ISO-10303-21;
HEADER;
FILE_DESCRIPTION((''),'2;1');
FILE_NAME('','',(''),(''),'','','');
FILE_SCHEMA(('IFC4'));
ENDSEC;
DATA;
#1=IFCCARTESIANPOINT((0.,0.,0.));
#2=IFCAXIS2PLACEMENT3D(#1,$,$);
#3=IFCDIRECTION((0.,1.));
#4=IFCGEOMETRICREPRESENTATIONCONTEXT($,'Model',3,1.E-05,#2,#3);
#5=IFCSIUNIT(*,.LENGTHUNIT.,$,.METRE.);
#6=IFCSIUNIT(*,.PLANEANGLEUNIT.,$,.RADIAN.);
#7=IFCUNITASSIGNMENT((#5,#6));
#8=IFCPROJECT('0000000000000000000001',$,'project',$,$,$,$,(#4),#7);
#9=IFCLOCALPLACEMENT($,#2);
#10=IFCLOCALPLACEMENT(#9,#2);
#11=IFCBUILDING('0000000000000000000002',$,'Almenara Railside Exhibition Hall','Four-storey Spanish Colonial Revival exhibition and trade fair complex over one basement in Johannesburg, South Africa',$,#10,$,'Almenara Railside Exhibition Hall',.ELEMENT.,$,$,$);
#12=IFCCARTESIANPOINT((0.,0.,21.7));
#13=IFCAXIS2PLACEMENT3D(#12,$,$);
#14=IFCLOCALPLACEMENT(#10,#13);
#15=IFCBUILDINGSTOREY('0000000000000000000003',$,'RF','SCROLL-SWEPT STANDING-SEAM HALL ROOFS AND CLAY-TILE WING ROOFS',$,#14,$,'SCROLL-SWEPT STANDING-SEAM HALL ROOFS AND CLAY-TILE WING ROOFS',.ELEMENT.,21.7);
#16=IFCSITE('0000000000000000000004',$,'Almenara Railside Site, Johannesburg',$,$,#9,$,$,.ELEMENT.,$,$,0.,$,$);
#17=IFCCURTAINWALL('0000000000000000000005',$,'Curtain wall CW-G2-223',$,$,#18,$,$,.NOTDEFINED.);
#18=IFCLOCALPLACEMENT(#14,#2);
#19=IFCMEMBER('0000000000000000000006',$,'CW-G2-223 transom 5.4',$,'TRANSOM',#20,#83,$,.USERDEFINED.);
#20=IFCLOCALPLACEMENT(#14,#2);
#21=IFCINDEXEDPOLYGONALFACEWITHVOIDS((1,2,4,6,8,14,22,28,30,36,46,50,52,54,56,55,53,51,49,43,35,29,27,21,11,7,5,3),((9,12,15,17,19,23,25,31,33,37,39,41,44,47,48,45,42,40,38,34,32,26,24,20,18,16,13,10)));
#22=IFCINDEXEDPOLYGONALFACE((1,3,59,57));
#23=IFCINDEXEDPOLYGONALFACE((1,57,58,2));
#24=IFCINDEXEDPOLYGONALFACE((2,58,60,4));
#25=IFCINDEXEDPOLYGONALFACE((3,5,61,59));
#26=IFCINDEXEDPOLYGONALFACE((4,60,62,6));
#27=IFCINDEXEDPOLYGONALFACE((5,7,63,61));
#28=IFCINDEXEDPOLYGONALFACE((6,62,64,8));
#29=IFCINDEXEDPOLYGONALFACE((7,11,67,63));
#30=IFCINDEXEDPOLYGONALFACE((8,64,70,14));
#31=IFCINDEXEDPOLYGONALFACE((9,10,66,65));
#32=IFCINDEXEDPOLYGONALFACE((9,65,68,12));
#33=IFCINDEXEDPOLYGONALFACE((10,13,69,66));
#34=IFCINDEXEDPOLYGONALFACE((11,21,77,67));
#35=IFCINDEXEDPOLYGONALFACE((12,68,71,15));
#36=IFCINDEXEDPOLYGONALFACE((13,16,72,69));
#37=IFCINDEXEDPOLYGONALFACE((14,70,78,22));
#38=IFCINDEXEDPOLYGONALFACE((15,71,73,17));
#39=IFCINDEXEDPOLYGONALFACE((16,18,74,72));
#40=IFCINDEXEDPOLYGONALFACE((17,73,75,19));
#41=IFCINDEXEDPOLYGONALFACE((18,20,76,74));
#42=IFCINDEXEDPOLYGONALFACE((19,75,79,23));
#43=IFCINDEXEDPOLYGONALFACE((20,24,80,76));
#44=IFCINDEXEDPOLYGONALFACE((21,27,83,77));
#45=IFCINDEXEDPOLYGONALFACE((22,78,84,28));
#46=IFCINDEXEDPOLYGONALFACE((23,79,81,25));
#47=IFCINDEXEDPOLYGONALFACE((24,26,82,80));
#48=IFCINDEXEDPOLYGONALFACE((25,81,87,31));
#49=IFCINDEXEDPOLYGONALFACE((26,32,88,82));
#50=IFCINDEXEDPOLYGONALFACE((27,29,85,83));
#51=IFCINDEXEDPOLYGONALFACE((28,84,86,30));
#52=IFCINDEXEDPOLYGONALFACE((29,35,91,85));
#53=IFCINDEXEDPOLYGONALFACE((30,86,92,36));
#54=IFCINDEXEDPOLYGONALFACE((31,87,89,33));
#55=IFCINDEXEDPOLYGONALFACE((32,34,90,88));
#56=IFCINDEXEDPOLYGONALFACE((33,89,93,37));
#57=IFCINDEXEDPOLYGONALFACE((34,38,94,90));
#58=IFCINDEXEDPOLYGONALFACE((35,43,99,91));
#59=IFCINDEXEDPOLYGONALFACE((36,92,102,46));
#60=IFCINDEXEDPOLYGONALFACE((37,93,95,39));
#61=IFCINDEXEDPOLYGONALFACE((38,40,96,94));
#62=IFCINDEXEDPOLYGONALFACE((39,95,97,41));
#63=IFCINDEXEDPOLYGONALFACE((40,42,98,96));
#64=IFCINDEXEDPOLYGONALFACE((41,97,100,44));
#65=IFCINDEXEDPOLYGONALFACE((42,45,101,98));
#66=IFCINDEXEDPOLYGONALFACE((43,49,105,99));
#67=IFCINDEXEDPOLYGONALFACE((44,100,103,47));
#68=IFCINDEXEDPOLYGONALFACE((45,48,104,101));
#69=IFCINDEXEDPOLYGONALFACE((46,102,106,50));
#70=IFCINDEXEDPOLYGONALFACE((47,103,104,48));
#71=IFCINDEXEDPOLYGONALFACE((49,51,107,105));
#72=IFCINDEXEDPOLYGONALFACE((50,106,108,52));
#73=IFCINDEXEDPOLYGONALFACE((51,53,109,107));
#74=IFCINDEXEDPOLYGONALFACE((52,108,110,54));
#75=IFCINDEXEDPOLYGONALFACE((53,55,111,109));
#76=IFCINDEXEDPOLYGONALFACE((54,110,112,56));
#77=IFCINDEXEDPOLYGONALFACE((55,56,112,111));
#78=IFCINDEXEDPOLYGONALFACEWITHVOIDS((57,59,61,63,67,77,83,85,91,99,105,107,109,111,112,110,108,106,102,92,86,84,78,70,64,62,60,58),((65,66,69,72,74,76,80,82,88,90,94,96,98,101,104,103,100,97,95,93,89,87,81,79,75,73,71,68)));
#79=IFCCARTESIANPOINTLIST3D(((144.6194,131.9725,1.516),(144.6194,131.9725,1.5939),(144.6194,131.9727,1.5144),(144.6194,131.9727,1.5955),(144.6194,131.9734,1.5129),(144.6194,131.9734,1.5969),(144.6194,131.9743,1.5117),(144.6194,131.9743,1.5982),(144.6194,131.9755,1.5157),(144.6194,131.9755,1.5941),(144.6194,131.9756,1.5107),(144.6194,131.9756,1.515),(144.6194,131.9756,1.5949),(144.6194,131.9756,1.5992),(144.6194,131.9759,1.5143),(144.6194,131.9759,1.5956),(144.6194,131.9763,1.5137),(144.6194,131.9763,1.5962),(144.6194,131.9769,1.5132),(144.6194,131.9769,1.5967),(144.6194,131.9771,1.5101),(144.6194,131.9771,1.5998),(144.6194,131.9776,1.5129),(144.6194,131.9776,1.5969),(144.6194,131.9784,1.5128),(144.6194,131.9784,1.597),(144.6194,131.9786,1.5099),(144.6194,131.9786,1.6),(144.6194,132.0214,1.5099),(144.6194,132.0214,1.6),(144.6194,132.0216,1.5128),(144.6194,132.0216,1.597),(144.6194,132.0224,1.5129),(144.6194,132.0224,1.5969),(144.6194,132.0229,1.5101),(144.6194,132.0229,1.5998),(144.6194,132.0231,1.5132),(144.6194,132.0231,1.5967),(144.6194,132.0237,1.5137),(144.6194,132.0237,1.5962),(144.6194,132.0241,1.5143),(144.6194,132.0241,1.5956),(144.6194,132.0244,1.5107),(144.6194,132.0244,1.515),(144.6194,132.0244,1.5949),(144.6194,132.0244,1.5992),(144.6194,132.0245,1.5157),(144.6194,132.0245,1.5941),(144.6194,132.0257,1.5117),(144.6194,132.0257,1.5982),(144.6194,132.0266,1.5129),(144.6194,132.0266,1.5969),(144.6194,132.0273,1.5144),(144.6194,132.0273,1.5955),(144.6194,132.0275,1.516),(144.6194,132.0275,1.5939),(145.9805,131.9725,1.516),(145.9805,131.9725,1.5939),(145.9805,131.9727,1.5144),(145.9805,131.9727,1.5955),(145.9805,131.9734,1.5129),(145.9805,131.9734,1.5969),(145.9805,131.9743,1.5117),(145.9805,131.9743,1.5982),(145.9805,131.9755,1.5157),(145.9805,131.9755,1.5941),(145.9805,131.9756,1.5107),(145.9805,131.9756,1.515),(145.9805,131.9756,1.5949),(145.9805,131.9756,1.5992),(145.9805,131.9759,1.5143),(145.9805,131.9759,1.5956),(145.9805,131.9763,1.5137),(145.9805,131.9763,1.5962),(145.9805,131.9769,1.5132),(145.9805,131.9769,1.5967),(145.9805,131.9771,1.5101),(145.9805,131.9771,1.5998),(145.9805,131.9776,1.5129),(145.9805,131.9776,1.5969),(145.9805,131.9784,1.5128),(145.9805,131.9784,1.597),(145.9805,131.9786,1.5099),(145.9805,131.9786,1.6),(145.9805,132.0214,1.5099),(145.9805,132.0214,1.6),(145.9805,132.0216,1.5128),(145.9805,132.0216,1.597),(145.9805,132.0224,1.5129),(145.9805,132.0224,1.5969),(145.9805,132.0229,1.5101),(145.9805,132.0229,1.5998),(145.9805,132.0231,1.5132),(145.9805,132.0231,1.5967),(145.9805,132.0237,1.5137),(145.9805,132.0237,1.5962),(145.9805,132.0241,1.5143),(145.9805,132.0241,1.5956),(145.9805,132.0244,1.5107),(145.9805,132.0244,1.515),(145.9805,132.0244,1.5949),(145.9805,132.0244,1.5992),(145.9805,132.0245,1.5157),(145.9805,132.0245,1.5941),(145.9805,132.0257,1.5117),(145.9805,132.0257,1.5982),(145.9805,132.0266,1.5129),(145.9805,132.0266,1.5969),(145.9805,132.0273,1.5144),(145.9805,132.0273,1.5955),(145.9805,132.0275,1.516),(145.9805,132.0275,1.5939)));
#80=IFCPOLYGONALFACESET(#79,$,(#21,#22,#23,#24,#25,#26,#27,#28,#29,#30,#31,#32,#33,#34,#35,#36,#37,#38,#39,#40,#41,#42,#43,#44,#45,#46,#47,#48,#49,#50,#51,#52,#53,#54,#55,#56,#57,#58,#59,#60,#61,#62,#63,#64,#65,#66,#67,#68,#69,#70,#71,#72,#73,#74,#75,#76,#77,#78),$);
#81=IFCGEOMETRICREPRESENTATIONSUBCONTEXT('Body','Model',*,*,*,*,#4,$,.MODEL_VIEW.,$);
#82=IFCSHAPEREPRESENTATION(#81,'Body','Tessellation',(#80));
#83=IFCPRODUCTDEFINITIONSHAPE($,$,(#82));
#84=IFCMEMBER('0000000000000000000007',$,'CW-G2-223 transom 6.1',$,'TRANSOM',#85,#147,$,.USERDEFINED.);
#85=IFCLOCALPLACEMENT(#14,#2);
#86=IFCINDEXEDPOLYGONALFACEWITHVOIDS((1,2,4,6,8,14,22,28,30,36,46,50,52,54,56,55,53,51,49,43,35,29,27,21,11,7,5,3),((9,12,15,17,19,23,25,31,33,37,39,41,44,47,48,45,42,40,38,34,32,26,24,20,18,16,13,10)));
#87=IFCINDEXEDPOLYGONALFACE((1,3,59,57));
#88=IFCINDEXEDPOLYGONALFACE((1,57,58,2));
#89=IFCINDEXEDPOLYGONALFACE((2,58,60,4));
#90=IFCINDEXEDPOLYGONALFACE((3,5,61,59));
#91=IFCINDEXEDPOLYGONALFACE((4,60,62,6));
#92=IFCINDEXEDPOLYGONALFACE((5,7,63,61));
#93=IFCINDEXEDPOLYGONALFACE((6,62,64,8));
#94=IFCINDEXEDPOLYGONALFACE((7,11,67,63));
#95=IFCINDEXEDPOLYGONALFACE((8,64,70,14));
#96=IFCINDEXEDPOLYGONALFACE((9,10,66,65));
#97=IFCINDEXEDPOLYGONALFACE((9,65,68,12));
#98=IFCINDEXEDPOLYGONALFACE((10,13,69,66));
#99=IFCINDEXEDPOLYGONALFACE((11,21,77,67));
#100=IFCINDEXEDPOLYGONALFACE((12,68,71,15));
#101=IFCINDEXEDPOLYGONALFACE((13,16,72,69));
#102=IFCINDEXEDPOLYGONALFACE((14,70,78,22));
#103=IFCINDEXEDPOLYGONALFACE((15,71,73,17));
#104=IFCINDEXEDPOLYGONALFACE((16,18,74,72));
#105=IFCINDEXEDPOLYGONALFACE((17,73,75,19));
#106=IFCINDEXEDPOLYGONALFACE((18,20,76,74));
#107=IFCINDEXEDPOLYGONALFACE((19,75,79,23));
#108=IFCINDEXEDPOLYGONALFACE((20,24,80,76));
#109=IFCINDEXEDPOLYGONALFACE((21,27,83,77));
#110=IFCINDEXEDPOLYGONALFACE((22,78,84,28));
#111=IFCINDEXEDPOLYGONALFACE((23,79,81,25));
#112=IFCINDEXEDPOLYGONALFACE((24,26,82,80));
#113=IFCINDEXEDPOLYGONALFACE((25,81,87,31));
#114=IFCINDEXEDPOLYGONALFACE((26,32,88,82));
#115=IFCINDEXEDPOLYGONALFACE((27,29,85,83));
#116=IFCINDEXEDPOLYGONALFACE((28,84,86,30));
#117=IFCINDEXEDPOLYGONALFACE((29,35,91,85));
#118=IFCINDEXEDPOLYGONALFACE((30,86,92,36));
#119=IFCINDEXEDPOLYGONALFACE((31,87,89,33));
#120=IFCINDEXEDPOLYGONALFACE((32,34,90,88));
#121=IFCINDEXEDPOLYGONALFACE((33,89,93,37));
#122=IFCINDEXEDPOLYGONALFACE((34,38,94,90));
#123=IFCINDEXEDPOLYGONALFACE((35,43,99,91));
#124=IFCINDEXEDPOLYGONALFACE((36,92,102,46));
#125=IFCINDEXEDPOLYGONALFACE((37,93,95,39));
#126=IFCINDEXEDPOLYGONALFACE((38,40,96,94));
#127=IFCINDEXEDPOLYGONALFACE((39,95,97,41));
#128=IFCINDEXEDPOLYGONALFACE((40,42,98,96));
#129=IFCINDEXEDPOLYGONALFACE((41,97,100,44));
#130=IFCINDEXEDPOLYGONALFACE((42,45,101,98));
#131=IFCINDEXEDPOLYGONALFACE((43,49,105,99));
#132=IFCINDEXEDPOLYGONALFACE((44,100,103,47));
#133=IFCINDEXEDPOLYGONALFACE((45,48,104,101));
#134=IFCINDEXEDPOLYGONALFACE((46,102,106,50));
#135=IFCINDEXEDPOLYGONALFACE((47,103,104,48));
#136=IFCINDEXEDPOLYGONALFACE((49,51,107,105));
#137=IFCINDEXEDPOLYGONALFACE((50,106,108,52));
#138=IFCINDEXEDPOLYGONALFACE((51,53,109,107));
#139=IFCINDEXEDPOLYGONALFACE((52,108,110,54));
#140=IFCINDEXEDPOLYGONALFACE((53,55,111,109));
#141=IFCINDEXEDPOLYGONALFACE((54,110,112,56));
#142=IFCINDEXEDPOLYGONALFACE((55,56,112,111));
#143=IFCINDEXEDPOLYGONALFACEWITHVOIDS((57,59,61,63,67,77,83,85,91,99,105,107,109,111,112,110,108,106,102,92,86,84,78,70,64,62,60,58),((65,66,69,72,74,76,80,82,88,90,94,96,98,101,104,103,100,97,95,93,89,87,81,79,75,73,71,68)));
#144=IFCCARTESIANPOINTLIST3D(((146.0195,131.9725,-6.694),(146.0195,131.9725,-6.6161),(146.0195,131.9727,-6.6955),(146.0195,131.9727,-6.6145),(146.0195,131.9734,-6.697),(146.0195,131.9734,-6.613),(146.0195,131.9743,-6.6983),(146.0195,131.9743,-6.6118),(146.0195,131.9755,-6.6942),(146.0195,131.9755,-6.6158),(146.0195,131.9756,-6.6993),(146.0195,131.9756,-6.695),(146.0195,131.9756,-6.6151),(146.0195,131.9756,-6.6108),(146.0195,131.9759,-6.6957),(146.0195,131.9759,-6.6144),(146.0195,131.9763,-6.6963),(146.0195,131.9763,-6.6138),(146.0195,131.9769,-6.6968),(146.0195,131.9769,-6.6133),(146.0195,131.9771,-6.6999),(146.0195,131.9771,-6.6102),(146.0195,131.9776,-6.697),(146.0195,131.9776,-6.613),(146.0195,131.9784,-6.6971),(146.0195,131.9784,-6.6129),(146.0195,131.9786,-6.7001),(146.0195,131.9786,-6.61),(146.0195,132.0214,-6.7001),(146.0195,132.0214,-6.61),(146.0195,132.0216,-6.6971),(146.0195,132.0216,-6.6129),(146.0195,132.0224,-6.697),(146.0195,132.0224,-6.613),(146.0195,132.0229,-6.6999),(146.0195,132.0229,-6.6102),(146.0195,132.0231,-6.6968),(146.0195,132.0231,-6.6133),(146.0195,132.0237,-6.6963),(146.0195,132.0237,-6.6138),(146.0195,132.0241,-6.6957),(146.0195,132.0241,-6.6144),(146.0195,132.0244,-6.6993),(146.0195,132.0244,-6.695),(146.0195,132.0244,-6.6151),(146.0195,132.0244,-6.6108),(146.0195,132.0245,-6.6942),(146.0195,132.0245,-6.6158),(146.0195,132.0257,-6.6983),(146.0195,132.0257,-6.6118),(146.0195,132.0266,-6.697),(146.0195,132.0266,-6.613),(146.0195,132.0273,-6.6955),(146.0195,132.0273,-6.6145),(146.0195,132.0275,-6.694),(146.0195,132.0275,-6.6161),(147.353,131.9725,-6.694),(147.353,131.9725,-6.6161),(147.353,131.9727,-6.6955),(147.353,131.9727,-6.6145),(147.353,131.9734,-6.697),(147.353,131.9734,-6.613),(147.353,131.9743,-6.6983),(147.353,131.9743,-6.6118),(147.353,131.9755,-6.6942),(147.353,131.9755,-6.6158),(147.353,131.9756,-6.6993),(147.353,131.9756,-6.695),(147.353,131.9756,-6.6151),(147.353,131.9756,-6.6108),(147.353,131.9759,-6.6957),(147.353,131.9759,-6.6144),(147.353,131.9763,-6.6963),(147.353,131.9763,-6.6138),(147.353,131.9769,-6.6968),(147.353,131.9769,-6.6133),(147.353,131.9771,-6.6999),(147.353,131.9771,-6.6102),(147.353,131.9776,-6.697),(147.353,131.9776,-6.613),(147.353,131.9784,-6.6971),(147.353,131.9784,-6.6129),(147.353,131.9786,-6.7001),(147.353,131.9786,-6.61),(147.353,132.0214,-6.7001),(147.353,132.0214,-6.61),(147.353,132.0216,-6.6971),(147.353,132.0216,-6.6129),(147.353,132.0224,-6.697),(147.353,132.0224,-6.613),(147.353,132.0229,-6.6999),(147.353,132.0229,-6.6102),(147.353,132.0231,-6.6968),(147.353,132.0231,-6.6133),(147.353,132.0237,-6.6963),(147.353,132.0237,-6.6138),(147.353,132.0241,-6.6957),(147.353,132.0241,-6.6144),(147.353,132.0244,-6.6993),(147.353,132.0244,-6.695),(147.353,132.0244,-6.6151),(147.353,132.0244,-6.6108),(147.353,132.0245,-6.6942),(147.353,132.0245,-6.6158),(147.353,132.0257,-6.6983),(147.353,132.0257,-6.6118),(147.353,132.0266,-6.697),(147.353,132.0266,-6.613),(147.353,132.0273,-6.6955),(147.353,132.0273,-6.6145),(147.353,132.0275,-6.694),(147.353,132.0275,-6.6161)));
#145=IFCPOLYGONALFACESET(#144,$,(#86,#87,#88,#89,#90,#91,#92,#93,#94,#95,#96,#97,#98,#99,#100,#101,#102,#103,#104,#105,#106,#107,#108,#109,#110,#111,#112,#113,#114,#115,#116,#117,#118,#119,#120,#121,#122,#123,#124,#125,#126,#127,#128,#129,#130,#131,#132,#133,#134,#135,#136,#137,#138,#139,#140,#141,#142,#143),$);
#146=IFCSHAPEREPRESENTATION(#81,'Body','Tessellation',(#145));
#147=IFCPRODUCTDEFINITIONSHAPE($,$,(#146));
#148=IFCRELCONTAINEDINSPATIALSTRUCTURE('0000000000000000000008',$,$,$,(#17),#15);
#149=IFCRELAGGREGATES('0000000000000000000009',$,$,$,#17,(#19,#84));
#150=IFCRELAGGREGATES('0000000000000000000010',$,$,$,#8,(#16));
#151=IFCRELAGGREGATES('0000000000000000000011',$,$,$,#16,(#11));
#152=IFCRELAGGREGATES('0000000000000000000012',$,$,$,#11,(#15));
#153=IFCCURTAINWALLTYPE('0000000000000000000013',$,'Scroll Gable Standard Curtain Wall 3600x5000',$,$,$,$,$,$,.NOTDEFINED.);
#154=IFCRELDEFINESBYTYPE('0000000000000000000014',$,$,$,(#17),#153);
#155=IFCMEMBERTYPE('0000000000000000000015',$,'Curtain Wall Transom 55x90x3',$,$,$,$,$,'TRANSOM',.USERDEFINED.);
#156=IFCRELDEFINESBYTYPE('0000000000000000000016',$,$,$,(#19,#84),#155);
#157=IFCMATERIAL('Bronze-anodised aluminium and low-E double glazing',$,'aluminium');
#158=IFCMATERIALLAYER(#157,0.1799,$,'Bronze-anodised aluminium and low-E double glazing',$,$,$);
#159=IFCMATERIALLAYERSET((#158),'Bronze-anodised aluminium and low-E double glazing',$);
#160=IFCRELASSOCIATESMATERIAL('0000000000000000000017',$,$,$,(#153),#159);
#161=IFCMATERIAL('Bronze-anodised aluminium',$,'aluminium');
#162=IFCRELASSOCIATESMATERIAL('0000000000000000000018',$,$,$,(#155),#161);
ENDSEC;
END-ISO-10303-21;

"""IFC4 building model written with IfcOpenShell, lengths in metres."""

from ifc_helpers import new_model, si_unit, direction, frame, origin, origin_2d, place, context, subcontext, project, spatial, hollow_rectangle, extrude, material, layer, layer_set, material_profile, profile_set, type_object, element, aggregate, save


model = new_model("IFC4")

# Units and contexts
model_context = context("Model", 3, precision=1e-05, world=origin(), true_north=direction((0.0, 1.0)))
body_context = subcontext(model_context, "Body", "Model", "MODEL_VIEW")
ifc_project = project(units=[si_unit("LENGTHUNIT", "METRE"), si_unit("PLANEANGLEUNIT", "RADIAN")], contexts=[model_context])

# Site, building, storey
site_placement = place(None, origin())
site = spatial("IfcSite", under=ifc_project, at=site_placement, Name="Almenara Railside Site, Johannesburg", CompositionType="ELEMENT", RefElevation=0.0)
building_placement = place(site_placement, origin())
building = spatial("IfcBuilding", under=site, at=building_placement, Name="Almenara Railside Exhibition Hall", Description="Four-storey Spanish Colonial Revival exhibition and trade fair complex over one basement in Johannesburg, South Africa", LongName="Almenara Railside Exhibition Hall", CompositionType="ELEMENT")
storey_placement = place(building_placement, frame((0.0, 0.0, 21.7)))
storey = spatial("IfcBuildingStorey", under=building, at=storey_placement, Name="RF", Description="SCROLL-SWEPT STANDING-SEAM HALL ROOFS AND CLAY-TILE WING ROOFS", LongName="SCROLL-SWEPT STANDING-SEAM HALL ROOFS AND CLAY-TILE WING ROOFS", CompositionType="ELEMENT", Elevation=21.7)

# Curtain wall
ifc_material_1 = material(Name="Bronze-anodised aluminium and low-E double glazing", Category="aluminium")
ifc_layer_1 = layer(ifc_material_1, 0.1799, Name="Bronze-anodised aluminium and low-E double glazing")
ifc_layer_set_1 = layer_set([ifc_layer_1], Name="Bronze-anodised aluminium and low-E double glazing")
curtain_wall_type_1 = type_object("IfcCurtainWallType", Name="Scroll Gable Standard Curtain Wall 3600x5000", PredefinedType="NOTDEFINED", material=ifc_layer_set_1)
curtain_wall_1_placement = place(storey_placement, origin())
curtain_wall_1 = element("IfcCurtainWall", 1, at=curtain_wall_1_placement, inside=storey, type_object=curtain_wall_type_1, Name="Curtain wall CW-G2-223", PredefinedType="NOTDEFINED")
ifc_material_2 = material(Name="Bronze-anodised aluminium", Category="aluminium")

# Members
ifc_material_profile_1 = material_profile(ifc_material_2, hollow_rectangle(XDim=0.0549, YDim=0.0901, WallThickness=0.0029, InnerFilletRadius=0.0029, OuterFilletRadius=0.0061, at=origin_2d()), Name="ALU-TRN 55x90x3")
ifc_profile_set_1 = profile_set([ifc_material_profile_1], Name="Bronze-anodised aluminium")
member_type_1 = type_object("IfcMemberType", Name="Curtain Wall Transom 55x90x3", ElementType="TRANSOM", PredefinedType="USERDEFINED", material=ifc_profile_set_1)
member_1_placement = place(storey_placement, frame((144.6194, 132.0, 1.5549), z_axis=(1.0, 0.0, 0.0), x_axis=(0.0, 1.0, 0.0)))
member_1 = element("IfcMember", 2, at=member_1_placement, type_object=member_type_1, Name="CW-G2-223 transom 5.4", ObjectType="TRANSOM", PredefinedType="USERDEFINED", context=body_context, shape_type="SweptSolid", body=[
    extrude(hollow_rectangle(XDim=0.0549, YDim=0.0901, WallThickness=0.0029, InnerFilletRadius=0.0029, OuterFilletRadius=0.0061, at=origin_2d()), origin(), (0.0, 0.0, 1.0), 1.3611),
])
member_2_placement = place(storey_placement, frame((146.0195, 132.0, -6.655), z_axis=(1.0, 0.0, 0.0), x_axis=(0.0, 1.0, 0.0)))
member_2 = element("IfcMember", 3, at=member_2_placement, type_object=member_type_1, Name="CW-G2-223 transom 6.1", ObjectType="TRANSOM", PredefinedType="USERDEFINED", context=body_context, shape_type="SweptSolid", body=[
    extrude(hollow_rectangle(XDim=0.0549, YDim=0.0901, WallThickness=0.0029, InnerFilletRadius=0.0029, OuterFilletRadius=0.0061, at=origin_2d()), origin(), (0.0, 0.0, 1.0), 1.3335),
])

aggregate(curtain_wall_1, [member_1, member_2])

save(model, "model.ifc")
